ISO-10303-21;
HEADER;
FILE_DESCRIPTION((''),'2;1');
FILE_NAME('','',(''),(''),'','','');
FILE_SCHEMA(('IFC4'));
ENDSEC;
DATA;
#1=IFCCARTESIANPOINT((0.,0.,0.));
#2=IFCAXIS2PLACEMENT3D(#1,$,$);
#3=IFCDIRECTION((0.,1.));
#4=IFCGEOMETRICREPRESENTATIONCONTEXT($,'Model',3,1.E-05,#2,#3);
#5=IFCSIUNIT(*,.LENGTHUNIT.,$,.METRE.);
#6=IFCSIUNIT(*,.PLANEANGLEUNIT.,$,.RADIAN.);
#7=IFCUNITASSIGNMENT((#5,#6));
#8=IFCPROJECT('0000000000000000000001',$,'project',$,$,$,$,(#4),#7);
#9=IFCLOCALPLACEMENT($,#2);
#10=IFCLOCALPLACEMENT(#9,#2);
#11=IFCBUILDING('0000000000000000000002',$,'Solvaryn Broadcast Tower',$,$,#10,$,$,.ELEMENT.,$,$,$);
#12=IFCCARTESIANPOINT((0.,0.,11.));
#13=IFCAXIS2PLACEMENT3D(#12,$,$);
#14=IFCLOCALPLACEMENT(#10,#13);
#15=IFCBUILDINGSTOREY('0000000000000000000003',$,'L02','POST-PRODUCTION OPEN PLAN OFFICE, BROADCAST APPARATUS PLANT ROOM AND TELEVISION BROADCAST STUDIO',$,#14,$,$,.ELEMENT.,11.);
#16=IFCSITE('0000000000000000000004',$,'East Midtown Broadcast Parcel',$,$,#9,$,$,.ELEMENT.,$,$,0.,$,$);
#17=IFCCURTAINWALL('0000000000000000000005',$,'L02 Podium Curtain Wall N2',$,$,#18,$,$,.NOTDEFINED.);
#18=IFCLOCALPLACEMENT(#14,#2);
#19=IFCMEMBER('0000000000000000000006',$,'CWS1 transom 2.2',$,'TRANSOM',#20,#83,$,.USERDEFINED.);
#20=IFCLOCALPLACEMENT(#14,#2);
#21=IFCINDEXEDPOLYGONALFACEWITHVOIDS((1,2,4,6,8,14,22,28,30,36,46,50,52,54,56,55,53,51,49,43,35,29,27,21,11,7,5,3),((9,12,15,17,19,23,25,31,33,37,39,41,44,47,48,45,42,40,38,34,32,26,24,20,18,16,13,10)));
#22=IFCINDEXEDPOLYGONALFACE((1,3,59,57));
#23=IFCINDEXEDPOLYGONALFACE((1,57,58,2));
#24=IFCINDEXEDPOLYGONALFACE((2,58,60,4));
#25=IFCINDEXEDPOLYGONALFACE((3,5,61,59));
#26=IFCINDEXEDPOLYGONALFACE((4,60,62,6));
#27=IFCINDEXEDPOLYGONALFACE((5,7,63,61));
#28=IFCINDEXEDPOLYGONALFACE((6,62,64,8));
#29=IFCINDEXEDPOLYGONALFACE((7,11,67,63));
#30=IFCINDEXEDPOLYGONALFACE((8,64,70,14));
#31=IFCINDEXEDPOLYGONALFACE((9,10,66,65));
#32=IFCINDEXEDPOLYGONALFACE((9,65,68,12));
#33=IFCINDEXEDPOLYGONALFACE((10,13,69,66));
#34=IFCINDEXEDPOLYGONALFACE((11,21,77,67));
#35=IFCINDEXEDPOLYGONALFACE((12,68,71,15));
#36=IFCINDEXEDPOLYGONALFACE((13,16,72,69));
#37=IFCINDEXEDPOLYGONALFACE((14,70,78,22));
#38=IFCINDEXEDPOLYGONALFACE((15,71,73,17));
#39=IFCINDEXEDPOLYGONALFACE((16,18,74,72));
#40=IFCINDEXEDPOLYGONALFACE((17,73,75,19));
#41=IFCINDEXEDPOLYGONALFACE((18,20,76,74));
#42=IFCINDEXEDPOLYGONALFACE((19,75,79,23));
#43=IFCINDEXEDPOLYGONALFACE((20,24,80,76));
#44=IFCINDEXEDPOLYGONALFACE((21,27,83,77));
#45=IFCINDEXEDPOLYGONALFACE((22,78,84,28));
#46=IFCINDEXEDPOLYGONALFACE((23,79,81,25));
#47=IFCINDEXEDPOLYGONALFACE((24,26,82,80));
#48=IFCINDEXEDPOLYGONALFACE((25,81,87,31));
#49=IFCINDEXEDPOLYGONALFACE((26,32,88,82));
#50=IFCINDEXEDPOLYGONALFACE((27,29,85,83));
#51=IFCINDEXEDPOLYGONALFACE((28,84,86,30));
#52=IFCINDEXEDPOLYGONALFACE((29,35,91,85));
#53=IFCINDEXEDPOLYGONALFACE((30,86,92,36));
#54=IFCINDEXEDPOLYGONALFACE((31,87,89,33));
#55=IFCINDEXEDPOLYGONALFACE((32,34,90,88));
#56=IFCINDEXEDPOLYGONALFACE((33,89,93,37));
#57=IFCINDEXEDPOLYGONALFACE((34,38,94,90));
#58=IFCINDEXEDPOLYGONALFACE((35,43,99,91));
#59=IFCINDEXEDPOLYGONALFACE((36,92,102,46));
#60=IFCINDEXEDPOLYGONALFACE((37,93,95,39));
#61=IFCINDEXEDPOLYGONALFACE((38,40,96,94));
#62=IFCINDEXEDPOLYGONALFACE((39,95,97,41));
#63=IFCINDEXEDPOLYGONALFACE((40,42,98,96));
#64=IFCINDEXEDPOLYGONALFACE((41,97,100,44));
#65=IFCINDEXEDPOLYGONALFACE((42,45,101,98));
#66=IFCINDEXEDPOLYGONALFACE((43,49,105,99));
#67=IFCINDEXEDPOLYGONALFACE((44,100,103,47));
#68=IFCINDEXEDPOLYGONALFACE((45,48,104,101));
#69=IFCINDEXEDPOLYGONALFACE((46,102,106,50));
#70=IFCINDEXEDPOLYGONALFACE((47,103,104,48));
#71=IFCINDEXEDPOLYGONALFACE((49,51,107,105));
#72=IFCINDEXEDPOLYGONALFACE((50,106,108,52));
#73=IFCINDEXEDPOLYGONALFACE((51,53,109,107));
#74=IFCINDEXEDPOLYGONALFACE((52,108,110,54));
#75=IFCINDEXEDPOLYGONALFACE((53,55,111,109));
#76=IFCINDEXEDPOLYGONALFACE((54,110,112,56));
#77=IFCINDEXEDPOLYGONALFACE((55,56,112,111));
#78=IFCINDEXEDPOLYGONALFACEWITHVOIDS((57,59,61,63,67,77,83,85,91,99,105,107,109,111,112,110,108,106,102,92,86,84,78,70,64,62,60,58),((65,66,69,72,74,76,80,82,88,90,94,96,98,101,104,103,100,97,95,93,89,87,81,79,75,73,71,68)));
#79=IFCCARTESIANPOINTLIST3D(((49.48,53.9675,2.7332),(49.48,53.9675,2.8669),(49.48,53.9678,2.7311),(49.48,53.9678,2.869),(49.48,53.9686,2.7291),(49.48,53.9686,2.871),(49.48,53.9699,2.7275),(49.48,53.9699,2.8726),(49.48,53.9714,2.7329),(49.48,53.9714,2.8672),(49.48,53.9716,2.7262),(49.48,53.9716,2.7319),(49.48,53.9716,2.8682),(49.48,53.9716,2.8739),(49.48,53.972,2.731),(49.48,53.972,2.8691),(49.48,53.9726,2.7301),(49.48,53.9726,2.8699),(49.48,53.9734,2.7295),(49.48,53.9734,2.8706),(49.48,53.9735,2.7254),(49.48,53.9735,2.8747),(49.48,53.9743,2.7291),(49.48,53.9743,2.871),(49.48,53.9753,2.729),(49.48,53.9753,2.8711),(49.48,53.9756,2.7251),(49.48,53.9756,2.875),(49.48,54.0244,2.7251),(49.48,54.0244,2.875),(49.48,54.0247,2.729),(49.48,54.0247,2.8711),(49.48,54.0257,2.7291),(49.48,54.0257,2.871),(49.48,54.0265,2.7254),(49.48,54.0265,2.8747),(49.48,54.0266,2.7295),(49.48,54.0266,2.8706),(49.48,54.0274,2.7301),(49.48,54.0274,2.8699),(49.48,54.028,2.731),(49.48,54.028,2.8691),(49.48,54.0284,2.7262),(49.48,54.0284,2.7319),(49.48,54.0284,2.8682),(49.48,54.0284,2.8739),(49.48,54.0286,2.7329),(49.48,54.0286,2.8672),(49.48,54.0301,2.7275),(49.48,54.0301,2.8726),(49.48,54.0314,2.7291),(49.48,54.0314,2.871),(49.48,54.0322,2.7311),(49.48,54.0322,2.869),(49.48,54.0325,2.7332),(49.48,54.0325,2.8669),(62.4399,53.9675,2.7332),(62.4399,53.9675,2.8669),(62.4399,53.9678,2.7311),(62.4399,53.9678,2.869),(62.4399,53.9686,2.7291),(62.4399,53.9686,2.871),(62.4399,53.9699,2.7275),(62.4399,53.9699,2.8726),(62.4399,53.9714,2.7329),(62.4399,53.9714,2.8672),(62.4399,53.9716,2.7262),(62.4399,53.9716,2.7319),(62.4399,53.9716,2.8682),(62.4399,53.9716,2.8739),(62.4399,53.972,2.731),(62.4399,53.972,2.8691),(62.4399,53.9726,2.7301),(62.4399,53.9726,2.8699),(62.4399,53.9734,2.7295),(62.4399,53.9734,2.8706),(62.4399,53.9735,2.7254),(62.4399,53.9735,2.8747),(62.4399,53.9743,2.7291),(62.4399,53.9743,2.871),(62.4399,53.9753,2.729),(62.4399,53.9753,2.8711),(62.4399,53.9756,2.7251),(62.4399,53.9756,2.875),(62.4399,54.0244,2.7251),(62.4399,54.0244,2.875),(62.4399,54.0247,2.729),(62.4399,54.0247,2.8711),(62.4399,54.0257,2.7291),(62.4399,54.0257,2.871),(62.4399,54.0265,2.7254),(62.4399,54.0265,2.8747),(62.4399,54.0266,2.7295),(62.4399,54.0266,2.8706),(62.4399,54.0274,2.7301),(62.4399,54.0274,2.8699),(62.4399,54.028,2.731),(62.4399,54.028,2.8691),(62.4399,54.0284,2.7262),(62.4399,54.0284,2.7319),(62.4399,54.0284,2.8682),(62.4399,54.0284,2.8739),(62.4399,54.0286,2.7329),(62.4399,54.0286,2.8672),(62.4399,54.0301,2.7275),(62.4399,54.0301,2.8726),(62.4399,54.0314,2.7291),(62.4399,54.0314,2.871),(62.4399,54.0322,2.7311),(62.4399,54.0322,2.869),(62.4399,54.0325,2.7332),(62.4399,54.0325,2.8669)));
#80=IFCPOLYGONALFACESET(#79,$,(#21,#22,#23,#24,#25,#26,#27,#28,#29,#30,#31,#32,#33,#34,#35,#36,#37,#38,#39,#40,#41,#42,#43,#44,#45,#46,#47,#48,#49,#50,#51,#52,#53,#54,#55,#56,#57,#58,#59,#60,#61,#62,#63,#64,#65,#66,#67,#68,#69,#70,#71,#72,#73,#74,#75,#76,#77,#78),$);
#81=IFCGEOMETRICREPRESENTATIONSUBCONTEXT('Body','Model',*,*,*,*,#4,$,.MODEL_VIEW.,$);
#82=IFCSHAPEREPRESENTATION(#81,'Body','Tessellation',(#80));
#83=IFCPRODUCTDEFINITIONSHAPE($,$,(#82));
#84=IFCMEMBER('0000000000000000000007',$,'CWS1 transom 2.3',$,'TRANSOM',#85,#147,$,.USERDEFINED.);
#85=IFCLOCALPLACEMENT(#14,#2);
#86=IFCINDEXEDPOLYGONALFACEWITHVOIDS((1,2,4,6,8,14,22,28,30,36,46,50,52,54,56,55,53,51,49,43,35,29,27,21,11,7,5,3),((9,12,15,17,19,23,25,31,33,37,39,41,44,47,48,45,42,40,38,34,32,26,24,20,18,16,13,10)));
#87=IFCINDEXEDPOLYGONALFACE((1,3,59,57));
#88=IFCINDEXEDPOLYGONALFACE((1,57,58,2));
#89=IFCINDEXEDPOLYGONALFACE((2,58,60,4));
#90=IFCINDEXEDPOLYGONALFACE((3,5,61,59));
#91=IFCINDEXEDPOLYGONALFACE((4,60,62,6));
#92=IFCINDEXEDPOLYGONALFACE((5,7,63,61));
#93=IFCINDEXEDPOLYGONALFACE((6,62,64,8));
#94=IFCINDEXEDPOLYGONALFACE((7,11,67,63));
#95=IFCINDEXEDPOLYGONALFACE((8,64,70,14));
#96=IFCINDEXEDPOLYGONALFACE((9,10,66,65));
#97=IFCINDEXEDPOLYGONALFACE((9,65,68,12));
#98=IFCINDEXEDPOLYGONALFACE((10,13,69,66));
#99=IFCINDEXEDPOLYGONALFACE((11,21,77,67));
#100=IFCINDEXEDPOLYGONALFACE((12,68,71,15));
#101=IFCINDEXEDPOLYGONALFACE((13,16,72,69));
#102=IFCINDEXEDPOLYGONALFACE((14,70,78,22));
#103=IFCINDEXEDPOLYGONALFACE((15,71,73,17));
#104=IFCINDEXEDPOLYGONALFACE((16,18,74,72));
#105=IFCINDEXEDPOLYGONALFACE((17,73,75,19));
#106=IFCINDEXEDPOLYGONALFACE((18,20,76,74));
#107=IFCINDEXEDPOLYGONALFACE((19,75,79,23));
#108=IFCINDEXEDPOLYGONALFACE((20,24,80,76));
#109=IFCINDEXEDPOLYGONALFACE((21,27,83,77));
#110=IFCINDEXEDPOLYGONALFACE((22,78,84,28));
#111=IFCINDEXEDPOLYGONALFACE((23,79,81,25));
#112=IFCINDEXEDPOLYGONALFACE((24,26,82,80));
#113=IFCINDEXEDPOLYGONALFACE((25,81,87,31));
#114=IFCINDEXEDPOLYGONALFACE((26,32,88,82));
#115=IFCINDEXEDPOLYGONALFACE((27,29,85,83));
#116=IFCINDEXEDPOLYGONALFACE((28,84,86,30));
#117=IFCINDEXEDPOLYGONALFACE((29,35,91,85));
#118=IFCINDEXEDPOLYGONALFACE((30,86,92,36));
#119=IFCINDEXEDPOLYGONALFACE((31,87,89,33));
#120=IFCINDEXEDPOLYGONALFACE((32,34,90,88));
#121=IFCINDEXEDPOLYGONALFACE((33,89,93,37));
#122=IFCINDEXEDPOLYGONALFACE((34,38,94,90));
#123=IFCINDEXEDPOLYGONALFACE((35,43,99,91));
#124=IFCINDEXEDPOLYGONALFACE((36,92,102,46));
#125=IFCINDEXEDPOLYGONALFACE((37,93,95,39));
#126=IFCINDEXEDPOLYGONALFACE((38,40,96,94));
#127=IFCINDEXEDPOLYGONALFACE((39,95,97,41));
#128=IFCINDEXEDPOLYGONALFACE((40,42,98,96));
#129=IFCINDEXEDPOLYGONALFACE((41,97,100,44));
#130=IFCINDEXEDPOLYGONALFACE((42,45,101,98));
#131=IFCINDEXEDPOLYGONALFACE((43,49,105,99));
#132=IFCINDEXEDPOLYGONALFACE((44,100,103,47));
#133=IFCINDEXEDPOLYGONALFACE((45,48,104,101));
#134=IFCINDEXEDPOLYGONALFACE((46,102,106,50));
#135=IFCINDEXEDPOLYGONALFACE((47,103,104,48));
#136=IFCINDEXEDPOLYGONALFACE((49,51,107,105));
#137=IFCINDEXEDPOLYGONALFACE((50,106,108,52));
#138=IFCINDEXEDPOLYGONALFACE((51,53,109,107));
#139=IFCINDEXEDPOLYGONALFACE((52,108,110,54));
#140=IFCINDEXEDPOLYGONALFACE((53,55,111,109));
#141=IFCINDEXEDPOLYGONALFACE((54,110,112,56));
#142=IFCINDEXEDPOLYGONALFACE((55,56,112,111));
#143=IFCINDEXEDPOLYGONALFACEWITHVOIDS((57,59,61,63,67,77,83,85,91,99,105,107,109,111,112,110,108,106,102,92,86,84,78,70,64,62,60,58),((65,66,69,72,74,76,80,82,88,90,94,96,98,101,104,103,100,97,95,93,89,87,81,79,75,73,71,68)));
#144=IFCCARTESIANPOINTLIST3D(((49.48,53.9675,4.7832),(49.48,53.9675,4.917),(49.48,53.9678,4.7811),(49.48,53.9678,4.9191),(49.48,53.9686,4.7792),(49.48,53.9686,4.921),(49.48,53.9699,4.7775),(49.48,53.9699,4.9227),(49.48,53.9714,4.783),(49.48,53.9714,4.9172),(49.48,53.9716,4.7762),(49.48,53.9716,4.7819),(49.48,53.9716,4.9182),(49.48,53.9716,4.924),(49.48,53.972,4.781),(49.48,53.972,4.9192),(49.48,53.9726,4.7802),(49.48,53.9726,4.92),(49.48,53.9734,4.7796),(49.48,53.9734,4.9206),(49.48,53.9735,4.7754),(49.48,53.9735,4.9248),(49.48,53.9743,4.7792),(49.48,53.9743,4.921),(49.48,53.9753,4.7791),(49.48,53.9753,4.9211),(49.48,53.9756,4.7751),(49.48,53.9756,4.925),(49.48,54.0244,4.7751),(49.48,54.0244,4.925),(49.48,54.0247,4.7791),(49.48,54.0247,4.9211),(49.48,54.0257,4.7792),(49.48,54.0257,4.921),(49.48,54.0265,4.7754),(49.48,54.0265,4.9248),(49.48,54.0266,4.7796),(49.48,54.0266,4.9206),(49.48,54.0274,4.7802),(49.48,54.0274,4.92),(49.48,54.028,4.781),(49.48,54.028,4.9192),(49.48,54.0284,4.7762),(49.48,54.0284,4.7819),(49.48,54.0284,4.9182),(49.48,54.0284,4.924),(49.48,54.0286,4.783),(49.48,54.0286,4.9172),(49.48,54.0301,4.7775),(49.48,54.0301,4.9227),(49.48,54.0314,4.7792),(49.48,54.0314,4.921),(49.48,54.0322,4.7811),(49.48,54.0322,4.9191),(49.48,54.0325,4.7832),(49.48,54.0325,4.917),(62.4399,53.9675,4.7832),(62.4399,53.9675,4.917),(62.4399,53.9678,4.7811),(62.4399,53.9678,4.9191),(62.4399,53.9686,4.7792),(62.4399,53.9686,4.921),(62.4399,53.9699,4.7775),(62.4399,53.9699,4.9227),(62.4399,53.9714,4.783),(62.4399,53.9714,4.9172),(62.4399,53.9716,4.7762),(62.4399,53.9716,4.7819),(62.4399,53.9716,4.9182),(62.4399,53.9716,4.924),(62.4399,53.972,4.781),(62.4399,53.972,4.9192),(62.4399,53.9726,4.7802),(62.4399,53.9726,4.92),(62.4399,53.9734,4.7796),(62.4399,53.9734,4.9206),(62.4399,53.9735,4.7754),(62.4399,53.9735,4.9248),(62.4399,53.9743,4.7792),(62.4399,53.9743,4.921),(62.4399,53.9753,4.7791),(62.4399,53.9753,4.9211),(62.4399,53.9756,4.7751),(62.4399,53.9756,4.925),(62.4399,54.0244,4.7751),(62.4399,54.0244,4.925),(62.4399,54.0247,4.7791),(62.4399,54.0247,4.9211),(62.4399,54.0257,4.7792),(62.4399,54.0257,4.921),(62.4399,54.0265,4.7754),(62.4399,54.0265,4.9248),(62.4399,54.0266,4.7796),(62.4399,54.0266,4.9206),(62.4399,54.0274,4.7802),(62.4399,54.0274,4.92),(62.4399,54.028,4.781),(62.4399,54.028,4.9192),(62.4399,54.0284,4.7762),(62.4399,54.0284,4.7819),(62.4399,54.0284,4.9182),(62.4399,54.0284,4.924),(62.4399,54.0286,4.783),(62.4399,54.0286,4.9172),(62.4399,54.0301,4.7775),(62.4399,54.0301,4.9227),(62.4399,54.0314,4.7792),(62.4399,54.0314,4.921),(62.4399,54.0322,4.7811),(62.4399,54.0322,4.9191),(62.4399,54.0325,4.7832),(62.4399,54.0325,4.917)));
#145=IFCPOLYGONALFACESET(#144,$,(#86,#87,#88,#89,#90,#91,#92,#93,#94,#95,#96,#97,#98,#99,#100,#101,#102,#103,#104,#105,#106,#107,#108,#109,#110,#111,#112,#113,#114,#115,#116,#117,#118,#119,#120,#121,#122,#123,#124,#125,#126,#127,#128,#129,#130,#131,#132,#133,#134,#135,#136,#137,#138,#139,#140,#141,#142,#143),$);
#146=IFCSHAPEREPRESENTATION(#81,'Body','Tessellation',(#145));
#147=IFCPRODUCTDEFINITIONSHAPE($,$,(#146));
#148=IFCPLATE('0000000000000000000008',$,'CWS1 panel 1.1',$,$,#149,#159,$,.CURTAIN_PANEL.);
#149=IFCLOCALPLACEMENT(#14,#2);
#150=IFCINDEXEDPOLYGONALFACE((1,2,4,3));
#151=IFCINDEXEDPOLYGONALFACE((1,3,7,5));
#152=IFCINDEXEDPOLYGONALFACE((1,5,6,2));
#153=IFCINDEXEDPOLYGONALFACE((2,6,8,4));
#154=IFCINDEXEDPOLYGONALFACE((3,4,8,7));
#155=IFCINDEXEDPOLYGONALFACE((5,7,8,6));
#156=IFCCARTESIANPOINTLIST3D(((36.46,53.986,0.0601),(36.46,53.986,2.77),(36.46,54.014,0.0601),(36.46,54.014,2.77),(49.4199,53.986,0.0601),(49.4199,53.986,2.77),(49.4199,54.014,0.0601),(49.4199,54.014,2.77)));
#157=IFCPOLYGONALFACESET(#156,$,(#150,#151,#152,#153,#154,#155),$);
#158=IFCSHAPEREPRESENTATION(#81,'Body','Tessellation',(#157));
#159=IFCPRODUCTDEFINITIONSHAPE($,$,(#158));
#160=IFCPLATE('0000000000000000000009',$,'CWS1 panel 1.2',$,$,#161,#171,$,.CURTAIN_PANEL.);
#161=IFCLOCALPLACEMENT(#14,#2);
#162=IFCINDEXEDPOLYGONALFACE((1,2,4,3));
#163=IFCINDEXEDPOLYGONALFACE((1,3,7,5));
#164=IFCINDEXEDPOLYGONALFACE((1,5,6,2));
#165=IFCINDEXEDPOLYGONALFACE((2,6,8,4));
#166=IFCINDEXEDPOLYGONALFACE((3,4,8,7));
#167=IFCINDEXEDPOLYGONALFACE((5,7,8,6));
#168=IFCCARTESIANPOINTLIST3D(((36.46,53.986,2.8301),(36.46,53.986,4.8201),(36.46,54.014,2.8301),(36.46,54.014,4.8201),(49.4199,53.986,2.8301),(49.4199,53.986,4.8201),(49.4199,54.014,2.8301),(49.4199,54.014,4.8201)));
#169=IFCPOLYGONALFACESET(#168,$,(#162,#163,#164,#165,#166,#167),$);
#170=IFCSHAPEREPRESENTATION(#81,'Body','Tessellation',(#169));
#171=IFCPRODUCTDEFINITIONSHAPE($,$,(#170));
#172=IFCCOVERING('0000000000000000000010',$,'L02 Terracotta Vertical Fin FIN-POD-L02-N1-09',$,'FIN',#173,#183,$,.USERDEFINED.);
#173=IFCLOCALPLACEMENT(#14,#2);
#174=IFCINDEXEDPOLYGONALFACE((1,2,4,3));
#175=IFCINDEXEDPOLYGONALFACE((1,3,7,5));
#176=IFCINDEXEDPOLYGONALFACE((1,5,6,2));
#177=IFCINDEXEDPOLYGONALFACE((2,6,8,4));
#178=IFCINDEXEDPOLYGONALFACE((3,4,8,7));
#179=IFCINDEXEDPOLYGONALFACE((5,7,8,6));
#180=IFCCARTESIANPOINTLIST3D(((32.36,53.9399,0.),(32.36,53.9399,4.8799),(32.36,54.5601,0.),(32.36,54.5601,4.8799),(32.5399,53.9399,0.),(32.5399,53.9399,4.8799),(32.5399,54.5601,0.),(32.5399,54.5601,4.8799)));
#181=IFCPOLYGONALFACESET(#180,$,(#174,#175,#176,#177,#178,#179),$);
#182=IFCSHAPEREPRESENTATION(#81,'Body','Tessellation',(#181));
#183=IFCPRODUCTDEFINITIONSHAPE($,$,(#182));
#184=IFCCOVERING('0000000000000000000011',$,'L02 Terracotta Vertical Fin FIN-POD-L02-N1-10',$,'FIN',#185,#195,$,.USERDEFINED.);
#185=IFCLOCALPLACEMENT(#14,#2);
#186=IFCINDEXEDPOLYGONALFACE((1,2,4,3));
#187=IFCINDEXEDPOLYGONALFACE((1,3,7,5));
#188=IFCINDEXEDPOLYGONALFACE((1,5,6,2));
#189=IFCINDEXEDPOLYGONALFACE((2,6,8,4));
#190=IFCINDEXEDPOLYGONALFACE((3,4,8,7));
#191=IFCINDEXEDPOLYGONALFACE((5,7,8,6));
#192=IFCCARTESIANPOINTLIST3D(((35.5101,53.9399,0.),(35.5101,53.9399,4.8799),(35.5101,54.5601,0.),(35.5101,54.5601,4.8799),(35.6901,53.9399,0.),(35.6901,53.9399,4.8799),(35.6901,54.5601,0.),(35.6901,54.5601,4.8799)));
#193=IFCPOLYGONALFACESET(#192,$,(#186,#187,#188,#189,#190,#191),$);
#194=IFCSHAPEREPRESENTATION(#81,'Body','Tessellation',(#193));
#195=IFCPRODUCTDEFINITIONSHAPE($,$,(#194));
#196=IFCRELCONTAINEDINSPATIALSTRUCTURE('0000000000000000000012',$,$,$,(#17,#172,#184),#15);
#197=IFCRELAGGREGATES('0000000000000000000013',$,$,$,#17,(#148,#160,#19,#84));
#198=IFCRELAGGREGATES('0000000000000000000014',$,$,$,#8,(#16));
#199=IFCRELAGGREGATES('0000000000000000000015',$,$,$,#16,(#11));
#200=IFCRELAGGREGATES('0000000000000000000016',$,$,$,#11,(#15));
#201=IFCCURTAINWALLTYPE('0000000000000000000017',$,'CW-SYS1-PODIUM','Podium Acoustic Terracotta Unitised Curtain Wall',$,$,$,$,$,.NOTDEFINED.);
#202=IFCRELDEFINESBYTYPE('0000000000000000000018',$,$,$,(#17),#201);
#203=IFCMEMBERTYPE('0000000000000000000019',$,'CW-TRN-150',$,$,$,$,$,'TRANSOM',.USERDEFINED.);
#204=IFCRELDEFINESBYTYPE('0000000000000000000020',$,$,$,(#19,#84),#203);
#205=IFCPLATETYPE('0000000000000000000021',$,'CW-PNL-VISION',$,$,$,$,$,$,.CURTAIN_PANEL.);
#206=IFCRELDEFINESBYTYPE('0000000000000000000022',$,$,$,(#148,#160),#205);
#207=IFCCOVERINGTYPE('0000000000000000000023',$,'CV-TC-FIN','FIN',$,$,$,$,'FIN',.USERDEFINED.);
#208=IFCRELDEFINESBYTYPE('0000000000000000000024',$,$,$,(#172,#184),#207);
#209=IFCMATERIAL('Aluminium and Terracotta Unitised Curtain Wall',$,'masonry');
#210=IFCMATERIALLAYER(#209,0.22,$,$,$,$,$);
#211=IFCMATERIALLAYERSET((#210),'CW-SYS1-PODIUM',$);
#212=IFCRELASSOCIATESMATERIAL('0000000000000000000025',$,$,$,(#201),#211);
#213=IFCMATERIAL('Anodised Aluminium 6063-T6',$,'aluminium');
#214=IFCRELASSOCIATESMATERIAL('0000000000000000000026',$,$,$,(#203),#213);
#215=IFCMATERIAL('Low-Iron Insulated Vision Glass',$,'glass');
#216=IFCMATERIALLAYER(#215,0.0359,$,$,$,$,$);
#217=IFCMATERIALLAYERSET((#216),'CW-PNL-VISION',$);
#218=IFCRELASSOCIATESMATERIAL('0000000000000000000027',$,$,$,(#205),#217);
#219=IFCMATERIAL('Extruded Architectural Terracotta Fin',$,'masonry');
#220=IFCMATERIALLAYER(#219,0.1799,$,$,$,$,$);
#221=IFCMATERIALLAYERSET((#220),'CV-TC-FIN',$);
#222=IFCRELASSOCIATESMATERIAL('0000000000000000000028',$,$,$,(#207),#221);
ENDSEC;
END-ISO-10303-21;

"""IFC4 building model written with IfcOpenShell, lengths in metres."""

from ifc_helpers import new_model, si_unit, direction, frame, origin, origin_2d, place, context, subcontext, project, spatial, rectangle, hollow_rectangle, extrude, material, layer, layer_set, material_profile, profile_set, type_object, element, aggregate, save


model = new_model("IFC4")

# Units and contexts
model_context = context("Model", 3, precision=1e-05, world=origin(), true_north=direction((0.0, 1.0)))
body_context = subcontext(model_context, "Body", "Model", "MODEL_VIEW")
ifc_project = project(units=[si_unit("LENGTHUNIT", "METRE"), si_unit("PLANEANGLEUNIT", "RADIAN")], contexts=[model_context])

# Site, building, storey
site_placement = place(None, origin())
site = spatial("IfcSite", under=ifc_project, at=site_placement, Name="East Midtown Broadcast Parcel", CompositionType="ELEMENT", RefElevation=0.0)
building_placement = place(site_placement, origin())
building = spatial("IfcBuilding", under=site, at=building_placement, Name="Solvaryn Broadcast Tower", CompositionType="ELEMENT")
storey_placement = place(building_placement, frame((0.0, 0.0, 11.0)))
storey = spatial("IfcBuildingStorey", under=building, at=storey_placement, Name="L02", Description="POST-PRODUCTION OPEN PLAN OFFICE, BROADCAST APPARATUS PLANT ROOM AND TELEVISION BROADCAST STUDIO", CompositionType="ELEMENT", Elevation=11.0)

# Shared definitions
ifc_material_1 = material(Name="Aluminium and Terracotta Unitised Curtain Wall", Category="masonry")
ifc_layer_1 = layer(ifc_material_1, 0.22)
ifc_layer_set_1 = layer_set([ifc_layer_1], Name="CW-SYS1-PODIUM")
curtain_wall_type = type_object("IfcCurtainWallType", Name="CW-SYS1-PODIUM", Description="Podium Acoustic Terracotta Unitised Curtain Wall", PredefinedType="NOTDEFINED", material=ifc_layer_set_1)

# Curtain wall, members, plates
curtain_wall_1_placement = place(storey_placement, origin())
curtain_wall_1 = element("IfcCurtainWall", 1, at=curtain_wall_1_placement, inside=storey, type_object=curtain_wall_type, Name="L02 Podium Curtain Wall N2", PredefinedType="NOTDEFINED")
ifc_material_2 = material(Name="Anodised Aluminium 6063-T6", Category="aluminium")
ifc_material_profile_1 = material_profile(ifc_material_2, hollow_rectangle(XDim=0.0649, YDim=0.1499, WallThickness=0.0039, InnerFilletRadius=0.0039, OuterFilletRadius=0.0081, at=origin_2d()))
ifc_profile_set_1 = profile_set([ifc_material_profile_1], Name="Anodised Aluminium 6063-T6")
member_type_1 = type_object("IfcMemberType", Name="CW-TRN-150", ElementType="TRANSOM", PredefinedType="USERDEFINED", material=ifc_profile_set_1)
member_1_placement = place(storey_placement, frame((49.48, 54.0, 2.8), z_axis=(1.0, 0.0, 0.0), x_axis=(0.0, 1.0, 0.0)))
member_1 = element("IfcMember", 2, at=member_1_placement, type_object=member_type_1, Name="CWS1 transom 2.2", ObjectType="TRANSOM", PredefinedType="USERDEFINED", context=body_context, shape_type="SweptSolid", body=[
    extrude(hollow_rectangle(XDim=0.0649, YDim=0.1499, WallThickness=0.0039, InnerFilletRadius=0.0039, OuterFilletRadius=0.0081, at=origin_2d()), origin(), (0.0, 0.0, 1.0), 12.96),
])
member_2_placement = place(storey_placement, frame((49.48, 54.0, 4.8501), z_axis=(1.0, 0.0, 0.0), x_axis=(0.0, 1.0, 0.0)))
member_2 = element("IfcMember", 3, at=member_2_placement, type_object=member_type_1, Name="CWS1 transom 2.3", ObjectType="TRANSOM", PredefinedType="USERDEFINED", context=body_context, shape_type="SweptSolid", body=[
    extrude(hollow_rectangle(XDim=0.0649, YDim=0.1499, WallThickness=0.0039, InnerFilletRadius=0.0039, OuterFilletRadius=0.0081, at=origin_2d()), origin(), (0.0, 0.0, 1.0), 12.96),
])
ifc_material_3 = material(Name="Low-Iron Insulated Vision Glass", Category="glass")
ifc_layer_2 = layer(ifc_material_3, 0.0359)
ifc_layer_set_2 = layer_set([ifc_layer_2], Name="CW-PNL-VISION")
plate_type = type_object("IfcPlateType", Name="CW-PNL-VISION", PredefinedType="CURTAIN_PANEL", material=ifc_layer_set_2)
plate_1_placement = place(storey_placement, frame((42.9399, 54.0, 0.0601), z_axis=(0.0, 0.0, 1.0), x_axis=(1.0, 0.0, 0.0)))
plate_1 = element("IfcPlate", 4, at=plate_1_placement, type_object=plate_type, Name="CWS1 panel 1.1", PredefinedType="CURTAIN_PANEL", context=body_context, shape_type="SweptSolid", body=[
    extrude(rectangle(XDim=12.96, YDim=0.0281, at=origin_2d()), origin(), (0.0, 0.0, 1.0), 2.71),
])
plate_2_placement = place(storey_placement, frame((42.9399, 54.0, 2.8301), z_axis=(0.0, 0.0, 1.0), x_axis=(1.0, 0.0, 0.0)))
plate_2 = element("IfcPlate", 5, at=plate_2_placement, type_object=plate_type, Name="CWS1 panel 1.2", PredefinedType="CURTAIN_PANEL", context=body_context, shape_type="SweptSolid", body=[
    extrude(rectangle(XDim=12.96, YDim=0.0281, at=origin_2d()), origin(), (0.0, 0.0, 1.0), 1.99),
])
aggregate(curtain_wall_1, [plate_1, plate_2, member_1, member_2])

# Coverings
ifc_material_4 = material(Name="Extruded Architectural Terracotta Fin", Category="masonry")
ifc_layer_3 = layer(ifc_material_4, 0.1799)
ifc_layer_set_3 = layer_set([ifc_layer_3], Name="CV-TC-FIN")
covering_type = type_object("IfcCoveringType", Name="CV-TC-FIN", Description="FIN", ElementType="FIN", PredefinedType="USERDEFINED", material=ifc_layer_set_3)
for number, where, z_axis, x_axis, name in (
    (6, (32.45, 54.25, 0.0), (0.0, 0.0, 1.0), (1.0, 0.0, 0.0), "L02 Terracotta Vertical Fin FIN-POD-L02-N1-09"),
    (7, (35.6001, 54.25, 0.0), (0.0, 0.0, 1.0), (1.0, 0.0, 0.0), "L02 Terracotta Vertical Fin FIN-POD-L02-N1-10"),
):
    element("IfcCovering", number, at=place(storey_placement, frame(where, z_axis=z_axis, x_axis=x_axis)), inside=storey, type_object=covering_type, Name=name, ObjectType="FIN", PredefinedType="USERDEFINED", context=body_context, shape_type="SweptSolid", body=[
        extrude(rectangle(XDim=0.1799, YDim=0.6201, at=origin_2d()), origin(), (0.0, 0.0, 1.0), 4.8799),
    ])

save(model, "model.ifc")
